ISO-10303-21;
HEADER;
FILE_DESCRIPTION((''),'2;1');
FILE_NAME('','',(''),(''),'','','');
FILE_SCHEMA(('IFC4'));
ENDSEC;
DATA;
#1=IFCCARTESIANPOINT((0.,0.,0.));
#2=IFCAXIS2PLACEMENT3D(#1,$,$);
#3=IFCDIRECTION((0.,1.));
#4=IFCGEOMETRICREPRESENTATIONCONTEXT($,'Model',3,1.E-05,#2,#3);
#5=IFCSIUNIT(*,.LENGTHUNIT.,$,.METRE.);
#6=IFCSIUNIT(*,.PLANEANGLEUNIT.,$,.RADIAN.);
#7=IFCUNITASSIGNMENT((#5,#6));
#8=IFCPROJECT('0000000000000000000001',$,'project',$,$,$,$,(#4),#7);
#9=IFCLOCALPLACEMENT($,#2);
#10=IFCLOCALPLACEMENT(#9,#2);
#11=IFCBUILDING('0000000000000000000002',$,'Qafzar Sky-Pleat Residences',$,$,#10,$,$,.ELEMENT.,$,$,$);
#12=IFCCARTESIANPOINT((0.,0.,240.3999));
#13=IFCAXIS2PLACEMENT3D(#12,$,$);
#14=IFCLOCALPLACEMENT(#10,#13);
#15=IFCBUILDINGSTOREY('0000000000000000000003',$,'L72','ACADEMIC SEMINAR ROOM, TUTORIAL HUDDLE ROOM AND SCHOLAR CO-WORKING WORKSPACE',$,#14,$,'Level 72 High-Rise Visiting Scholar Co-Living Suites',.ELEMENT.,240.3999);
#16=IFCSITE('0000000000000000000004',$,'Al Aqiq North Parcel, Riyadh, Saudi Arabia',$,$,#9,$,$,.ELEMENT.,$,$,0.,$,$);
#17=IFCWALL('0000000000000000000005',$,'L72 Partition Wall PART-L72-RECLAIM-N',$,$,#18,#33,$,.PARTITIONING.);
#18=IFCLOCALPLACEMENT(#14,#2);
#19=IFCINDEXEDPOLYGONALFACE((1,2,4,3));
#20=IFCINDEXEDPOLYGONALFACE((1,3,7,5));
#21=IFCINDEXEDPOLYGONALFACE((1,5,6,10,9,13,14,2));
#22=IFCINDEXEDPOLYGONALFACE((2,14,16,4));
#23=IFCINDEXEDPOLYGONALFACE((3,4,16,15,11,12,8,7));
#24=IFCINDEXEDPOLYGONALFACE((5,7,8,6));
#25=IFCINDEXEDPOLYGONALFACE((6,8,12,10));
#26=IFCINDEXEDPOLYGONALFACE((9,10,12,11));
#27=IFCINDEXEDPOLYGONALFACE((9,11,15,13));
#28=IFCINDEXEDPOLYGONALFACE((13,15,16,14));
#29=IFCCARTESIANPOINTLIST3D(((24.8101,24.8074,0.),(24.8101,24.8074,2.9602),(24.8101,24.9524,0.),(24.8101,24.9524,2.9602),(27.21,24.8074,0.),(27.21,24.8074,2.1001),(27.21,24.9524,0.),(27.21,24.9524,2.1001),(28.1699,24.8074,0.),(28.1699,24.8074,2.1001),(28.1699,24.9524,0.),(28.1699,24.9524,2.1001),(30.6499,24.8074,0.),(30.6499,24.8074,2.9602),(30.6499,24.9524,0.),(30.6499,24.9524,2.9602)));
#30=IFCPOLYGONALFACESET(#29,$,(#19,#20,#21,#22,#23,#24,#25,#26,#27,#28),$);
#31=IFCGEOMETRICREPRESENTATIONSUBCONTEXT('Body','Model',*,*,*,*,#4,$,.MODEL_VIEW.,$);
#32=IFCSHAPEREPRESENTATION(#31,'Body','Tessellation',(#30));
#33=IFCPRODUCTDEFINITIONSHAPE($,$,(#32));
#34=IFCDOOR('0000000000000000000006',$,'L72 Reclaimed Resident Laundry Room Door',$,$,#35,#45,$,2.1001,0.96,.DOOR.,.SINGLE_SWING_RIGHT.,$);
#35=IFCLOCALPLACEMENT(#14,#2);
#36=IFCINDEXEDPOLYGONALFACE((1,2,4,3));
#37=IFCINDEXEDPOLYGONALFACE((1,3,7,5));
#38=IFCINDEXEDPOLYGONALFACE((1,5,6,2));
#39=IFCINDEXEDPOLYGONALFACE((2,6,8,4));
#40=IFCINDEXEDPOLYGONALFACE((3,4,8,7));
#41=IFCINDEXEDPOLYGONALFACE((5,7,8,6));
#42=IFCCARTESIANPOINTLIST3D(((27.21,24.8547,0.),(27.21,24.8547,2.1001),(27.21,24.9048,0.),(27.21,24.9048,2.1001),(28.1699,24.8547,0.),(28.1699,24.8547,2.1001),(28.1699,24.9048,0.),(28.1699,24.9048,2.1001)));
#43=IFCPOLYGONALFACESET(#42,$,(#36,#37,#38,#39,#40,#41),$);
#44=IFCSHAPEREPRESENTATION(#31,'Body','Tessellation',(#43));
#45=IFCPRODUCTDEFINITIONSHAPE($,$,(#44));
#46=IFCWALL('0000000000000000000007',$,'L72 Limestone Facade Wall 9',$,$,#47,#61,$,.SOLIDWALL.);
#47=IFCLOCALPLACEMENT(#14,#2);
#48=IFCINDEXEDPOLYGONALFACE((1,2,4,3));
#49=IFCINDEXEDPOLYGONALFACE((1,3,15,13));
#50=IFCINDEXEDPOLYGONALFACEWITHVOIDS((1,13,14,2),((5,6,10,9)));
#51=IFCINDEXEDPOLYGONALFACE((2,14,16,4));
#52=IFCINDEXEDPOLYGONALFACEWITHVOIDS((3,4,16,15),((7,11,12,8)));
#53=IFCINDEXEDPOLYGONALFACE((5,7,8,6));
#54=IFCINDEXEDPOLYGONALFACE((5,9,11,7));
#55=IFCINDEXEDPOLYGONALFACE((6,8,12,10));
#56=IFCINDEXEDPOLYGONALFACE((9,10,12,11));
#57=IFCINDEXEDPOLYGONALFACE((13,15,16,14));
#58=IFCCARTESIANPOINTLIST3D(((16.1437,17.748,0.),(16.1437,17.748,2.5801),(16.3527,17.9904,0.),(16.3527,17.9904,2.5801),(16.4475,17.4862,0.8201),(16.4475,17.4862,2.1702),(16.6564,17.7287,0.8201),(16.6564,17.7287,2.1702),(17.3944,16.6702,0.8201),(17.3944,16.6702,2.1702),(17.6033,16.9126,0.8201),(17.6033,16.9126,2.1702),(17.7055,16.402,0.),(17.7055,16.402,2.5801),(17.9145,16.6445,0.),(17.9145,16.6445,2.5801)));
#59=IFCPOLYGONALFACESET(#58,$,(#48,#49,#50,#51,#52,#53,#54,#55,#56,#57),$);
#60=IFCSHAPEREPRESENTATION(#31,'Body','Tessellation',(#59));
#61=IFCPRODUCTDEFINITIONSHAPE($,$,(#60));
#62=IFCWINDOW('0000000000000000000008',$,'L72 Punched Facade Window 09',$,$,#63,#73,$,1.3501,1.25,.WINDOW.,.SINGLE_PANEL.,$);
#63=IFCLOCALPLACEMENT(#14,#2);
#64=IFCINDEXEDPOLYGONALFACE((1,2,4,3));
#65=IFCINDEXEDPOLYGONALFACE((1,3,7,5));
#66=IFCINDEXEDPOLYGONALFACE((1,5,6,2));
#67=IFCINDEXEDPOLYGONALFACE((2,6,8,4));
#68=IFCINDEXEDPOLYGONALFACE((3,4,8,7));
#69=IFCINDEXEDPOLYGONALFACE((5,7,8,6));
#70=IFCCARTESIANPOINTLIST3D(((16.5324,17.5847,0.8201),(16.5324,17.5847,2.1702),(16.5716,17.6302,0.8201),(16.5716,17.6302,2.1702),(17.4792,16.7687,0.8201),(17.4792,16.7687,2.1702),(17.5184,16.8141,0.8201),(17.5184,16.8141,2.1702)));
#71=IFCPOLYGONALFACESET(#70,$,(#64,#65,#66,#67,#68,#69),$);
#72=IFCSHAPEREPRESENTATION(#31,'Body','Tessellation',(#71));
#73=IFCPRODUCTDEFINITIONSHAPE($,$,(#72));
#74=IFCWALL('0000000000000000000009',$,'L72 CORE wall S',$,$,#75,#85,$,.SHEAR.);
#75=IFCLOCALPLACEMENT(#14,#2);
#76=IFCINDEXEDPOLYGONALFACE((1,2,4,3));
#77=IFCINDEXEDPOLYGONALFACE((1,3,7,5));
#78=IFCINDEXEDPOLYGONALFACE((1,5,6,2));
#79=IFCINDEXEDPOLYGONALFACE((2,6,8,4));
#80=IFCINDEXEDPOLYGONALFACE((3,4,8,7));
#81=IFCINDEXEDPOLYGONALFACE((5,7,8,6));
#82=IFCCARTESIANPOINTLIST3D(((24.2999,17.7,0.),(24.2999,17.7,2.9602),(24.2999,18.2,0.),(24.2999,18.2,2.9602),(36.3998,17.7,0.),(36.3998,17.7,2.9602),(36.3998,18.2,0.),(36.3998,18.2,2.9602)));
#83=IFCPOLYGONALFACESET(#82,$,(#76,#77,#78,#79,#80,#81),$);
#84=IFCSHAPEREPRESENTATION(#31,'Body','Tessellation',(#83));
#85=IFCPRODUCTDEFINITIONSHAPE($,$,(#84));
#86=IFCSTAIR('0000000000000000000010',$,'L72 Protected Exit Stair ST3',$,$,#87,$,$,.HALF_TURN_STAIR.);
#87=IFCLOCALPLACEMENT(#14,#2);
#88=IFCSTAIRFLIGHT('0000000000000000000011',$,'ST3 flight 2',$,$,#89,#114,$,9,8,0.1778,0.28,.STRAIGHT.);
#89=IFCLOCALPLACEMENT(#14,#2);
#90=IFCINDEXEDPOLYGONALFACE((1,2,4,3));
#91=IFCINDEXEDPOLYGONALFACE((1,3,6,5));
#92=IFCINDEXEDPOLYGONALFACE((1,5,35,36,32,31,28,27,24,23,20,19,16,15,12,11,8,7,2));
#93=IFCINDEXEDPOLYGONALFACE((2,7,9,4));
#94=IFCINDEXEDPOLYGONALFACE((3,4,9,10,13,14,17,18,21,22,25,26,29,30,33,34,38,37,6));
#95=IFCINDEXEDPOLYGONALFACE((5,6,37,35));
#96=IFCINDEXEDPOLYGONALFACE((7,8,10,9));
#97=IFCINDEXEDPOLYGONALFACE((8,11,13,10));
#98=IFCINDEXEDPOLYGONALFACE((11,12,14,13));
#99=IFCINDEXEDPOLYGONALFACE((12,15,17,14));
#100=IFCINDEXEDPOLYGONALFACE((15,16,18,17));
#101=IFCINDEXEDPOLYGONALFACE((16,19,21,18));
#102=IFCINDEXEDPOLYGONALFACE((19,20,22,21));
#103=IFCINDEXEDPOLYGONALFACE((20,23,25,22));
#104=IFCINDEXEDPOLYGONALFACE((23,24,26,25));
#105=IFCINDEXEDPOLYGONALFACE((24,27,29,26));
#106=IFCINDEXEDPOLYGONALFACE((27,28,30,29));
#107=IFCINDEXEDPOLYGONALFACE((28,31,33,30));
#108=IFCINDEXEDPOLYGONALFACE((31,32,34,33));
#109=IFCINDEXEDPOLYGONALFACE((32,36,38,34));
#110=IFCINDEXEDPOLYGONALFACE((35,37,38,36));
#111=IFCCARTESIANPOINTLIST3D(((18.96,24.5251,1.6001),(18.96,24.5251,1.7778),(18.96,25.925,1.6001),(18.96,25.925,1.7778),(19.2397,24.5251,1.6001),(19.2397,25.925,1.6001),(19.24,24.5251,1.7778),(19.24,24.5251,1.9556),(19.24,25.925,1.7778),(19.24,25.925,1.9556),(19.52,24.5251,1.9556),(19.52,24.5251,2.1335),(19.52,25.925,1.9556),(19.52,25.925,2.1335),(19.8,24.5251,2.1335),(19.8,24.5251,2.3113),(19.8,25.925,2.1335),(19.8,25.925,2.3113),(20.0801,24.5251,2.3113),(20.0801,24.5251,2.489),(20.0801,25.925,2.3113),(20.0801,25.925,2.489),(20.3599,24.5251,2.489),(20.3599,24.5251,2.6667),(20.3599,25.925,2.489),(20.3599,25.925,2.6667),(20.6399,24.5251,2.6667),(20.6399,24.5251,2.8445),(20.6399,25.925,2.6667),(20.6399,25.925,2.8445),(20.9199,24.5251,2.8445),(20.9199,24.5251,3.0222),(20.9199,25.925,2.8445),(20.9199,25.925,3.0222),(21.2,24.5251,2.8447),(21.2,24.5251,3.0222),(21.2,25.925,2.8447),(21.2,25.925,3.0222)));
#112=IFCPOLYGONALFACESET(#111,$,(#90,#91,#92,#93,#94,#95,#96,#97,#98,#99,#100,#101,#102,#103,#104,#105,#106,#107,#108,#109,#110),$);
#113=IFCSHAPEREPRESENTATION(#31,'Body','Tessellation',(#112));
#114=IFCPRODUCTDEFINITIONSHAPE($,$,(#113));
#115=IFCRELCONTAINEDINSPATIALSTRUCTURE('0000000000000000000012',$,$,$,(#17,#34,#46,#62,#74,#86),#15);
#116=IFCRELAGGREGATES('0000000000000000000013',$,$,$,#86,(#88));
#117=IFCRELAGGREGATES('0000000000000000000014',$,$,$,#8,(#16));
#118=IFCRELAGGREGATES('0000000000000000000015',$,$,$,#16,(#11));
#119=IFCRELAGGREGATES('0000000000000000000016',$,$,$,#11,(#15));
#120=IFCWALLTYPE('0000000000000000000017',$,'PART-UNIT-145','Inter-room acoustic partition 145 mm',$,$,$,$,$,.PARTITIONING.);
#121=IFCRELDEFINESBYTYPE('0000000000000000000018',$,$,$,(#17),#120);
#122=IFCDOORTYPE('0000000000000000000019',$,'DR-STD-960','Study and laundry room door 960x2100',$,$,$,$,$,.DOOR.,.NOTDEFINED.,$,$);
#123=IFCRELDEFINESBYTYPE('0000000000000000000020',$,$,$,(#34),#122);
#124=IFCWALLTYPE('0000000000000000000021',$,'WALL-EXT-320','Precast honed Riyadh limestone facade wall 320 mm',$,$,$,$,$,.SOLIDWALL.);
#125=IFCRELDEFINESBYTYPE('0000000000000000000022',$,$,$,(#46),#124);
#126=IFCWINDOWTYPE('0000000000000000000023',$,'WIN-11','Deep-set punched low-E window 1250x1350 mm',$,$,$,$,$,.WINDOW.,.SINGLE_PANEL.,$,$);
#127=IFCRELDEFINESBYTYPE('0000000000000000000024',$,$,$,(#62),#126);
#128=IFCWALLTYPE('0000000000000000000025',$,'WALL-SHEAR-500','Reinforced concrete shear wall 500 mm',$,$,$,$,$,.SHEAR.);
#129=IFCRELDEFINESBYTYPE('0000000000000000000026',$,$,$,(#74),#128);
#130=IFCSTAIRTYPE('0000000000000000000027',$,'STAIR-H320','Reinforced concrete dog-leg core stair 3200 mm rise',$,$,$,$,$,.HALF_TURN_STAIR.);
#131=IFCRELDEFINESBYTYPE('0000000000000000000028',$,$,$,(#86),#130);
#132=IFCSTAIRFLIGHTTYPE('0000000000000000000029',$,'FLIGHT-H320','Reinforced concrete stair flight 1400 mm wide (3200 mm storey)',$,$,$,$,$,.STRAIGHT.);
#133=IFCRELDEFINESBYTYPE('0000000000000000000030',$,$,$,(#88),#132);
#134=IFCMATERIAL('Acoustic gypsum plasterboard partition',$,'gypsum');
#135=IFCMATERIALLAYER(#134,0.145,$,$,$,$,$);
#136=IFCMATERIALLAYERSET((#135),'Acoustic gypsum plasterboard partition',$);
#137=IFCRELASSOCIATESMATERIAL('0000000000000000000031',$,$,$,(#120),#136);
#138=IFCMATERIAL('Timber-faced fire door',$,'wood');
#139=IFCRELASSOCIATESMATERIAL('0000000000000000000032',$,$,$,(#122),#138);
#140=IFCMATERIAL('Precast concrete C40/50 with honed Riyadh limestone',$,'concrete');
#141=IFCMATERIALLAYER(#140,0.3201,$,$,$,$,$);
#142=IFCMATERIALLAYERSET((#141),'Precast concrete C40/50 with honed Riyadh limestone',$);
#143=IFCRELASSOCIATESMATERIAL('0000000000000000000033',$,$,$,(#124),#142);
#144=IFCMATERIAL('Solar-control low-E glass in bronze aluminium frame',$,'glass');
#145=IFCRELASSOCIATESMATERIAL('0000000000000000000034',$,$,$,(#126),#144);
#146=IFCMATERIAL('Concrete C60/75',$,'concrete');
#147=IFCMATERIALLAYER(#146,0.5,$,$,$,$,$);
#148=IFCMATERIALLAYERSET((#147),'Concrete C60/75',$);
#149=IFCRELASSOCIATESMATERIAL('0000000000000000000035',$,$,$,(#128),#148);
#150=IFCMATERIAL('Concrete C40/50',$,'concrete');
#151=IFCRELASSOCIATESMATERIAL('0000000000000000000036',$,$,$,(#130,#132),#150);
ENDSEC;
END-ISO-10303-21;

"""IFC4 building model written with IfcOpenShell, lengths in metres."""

from ifc_helpers import new_model, si_unit, direction, frame, frame_2d, origin, place, context, subcontext, project, spatial, polyline, rectangle, outline, extrude, source, transform, mapped, material, layer, layer_set, type_object, element, fill, aggregate, save


model = new_model("IFC4")

# Units and contexts
model_context = context("Model", 3, precision=1e-05, world=origin(), true_north=direction((0.0, 1.0)))
body_context = subcontext(model_context, "Body", "Model", "MODEL_VIEW")
ifc_project = project(units=[si_unit("LENGTHUNIT", "METRE"), si_unit("PLANEANGLEUNIT", "RADIAN")], contexts=[model_context])

# Site, building, storey
site_placement = place(None, origin())
site = spatial("IfcSite", under=ifc_project, at=site_placement, Name="Al Aqiq North Parcel, Riyadh, Saudi Arabia", CompositionType="ELEMENT", RefElevation=0.0)
building_placement = place(site_placement, origin())
building = spatial("IfcBuilding", under=site, at=building_placement, Name="Qafzar Sky-Pleat Residences", CompositionType="ELEMENT")
storey_placement = place(building_placement, frame((0.0, 0.0, 240.3999)))
storey = spatial("IfcBuildingStorey", under=building, at=storey_placement, Name="L72", Description="ACADEMIC SEMINAR ROOM, TUTORIAL HUDDLE ROOM AND SCHOLAR CO-WORKING WORKSPACE", LongName="Level 72 High-Rise Visiting Scholar Co-Living Suites", CompositionType="ELEMENT", Elevation=240.3999)

# Shared definitions
ifc_material_1 = material(Name="Acoustic gypsum plasterboard partition", Category="gypsum")
ifc_material_2 = material(Name="Timber-faced fire door", Category="wood")

# Wall, opening, door
ifc_layer_1 = layer(ifc_material_1, 0.145)
ifc_layer_set_1 = layer_set([ifc_layer_1], Name="Acoustic gypsum plasterboard partition")
wall_type_1 = type_object("IfcWallType", Name="PART-UNIT-145", Description="Inter-room acoustic partition 145 mm", PredefinedType="PARTITIONING", material=ifc_layer_set_1)
wall_1_placement = place(storey_placement, frame((24.8101, 24.8799, 0.0), z_axis=(0.0, 0.0, 1.0), x_axis=(1.0, 0.0, 0.0)))
wall_1 = element("IfcWall", 1, at=wall_1_placement, inside=storey, type_object=wall_type_1, Name="L72 Partition Wall PART-L72-RECLAIM-N", PredefinedType="PARTITIONING", context=body_context, shape_type="SweptSolid", body=[
    extrude(rectangle(XDim=5.8398, YDim=0.145, at=frame_2d((2.9199, 0.0))), origin(), (0.0, 0.0, 1.0), 2.9602),
])
opening_1_placement = place(wall_1_placement, frame((2.3999, 0.0, 0.0)))
opening_1 = element("IfcOpeningElement", 2, at=opening_1_placement, cuts=wall_1, PredefinedType="OPENING", context=body_context, shape_type="SweptSolid", body=[
    extrude(rectangle(XDim=0.96, YDim=2.1001, at=frame_2d((0.48, 1.05))), frame((0.0, 0.0825, 0.0), z_axis=(0.0, -1.0, 0.0), x_axis=(1.0, 0.0, 0.0)), (0.0, 0.0, 1.0), 0.165),
])
door_type_1 = type_object("IfcDoorType", Name="DR-STD-960", Description="Study and laundry room door 960x2100", OperationType="NOTDEFINED", PredefinedType="DOOR", material=ifc_material_2)
shared_shape_1 = source(origin(), body_context, "Body", "SweptSolid", [
    extrude(rectangle(XDim=0.96, YDim=2.1001, at=frame_2d((0.48, 1.05))), frame((0.0, 0.0249, 0.0), z_axis=(0.0, -1.0, 0.0), x_axis=(1.0, 0.0, 0.0)), (0.0, 0.0, 1.0), 0.05),
])
door_1_placement = place(opening_1_placement, origin())
door_1 = element("IfcDoor", 3, at=door_1_placement, inside=storey, type_object=door_type_1, Name="L72 Reclaimed Resident Laundry Room Door", OperationType="SINGLE_SWING_RIGHT", OverallHeight=2.1001, OverallWidth=0.96, PredefinedType="DOOR", context=body_context, shape_type="MappedRepresentation", body=[
    mapped(shared_shape_1, transform((0.0, 0.0, 0.0), x_axis=(1.0, 0.0, 0.0), y_axis=(0.0, 1.0, 0.0), z_axis=(0.0, 0.0, 1.0), scale=1.0)),
])
fill(opening_1, door_1)

# Wall, opening, window
ifc_material_3 = material(Name="Precast concrete C40/50 with honed Riyadh limestone", Category="concrete")
ifc_layer_2 = layer(ifc_material_3, 0.3201)
ifc_layer_set_2 = layer_set([ifc_layer_2], Name="Precast concrete C40/50 with honed Riyadh limestone")
wall_type_2 = type_object("IfcWallType", Name="WALL-EXT-320", Description="Precast honed Riyadh limestone facade wall 320 mm", PredefinedType="SOLIDWALL", material=ifc_layer_set_2)
wall_2_placement = place(storey_placement, frame((16.2483, 17.8691, 0.0), z_axis=(0.0, 0.0, 1.0), x_axis=(0.757507, -0.652827, 0.0)))
wall_2 = element("IfcWall", 4, at=wall_2_placement, inside=storey, type_object=wall_type_2, Name="L72 Limestone Facade Wall 9", PredefinedType="SOLIDWALL", context=body_context, shape_type="SweptSolid", body=[
    extrude(rectangle(XDim=2.0618, YDim=0.3201, at=frame_2d((1.0308, 0.0))), origin(), (0.0, 0.0, 1.0), 2.5801),
])
opening_2_placement = place(wall_2_placement, frame((0.4009, 0.0, 0.8201)))
opening_2 = element("IfcOpeningElement", 5, at=opening_2_placement, cuts=wall_2, PredefinedType="OPENING", context=body_context, shape_type="SweptSolid", body=[
    extrude(rectangle(XDim=1.25, YDim=1.3501, at=frame_2d((0.625, 0.675))), frame((0.0, 0.1699, 0.0), z_axis=(0.0, -1.0, 0.0), x_axis=(1.0, 0.0, 0.0)), (0.0, 0.0, 1.0), 0.3401),
])
ifc_material_4 = material(Name="Solar-control low-E glass in bronze aluminium frame", Category="glass")
window_type = type_object("IfcWindowType", Name="WIN-11", Description="Deep-set punched low-E window 1250x1350 mm", PartitioningType="SINGLE_PANEL", PredefinedType="WINDOW", material=ifc_material_4)
shared_shape_2 = source(origin(), body_context, "Body", "SweptSolid", [
    extrude(rectangle(XDim=1.25, YDim=1.3501, at=frame_2d((0.625, 0.675))), frame((0.0, 0.03, 0.0), z_axis=(0.0, -1.0, 0.0), x_axis=(1.0, 0.0, 0.0)), (0.0, 0.0, 1.0), 0.0601),
])
window_placement = place(opening_2_placement, origin())
window = element("IfcWindow", 6, at=window_placement, inside=storey, type_object=window_type, Name="L72 Punched Facade Window 09", OverallHeight=1.3501, OverallWidth=1.25, PartitioningType="SINGLE_PANEL", PredefinedType="WINDOW", context=body_context, shape_type="MappedRepresentation", body=[
    mapped(shared_shape_2, transform((0.0, 0.0, 0.0), x_axis=(1.0, 0.0, 0.0), y_axis=(0.0, 1.0, 0.0), z_axis=(0.0, 0.0, 1.0), scale=1.0)),
])
fill(opening_2, window)

# Shared definitions
ifc_material_5 = material(Name="Concrete C60/75", Category="concrete")

# Wall
ifc_layer_3 = layer(ifc_material_5, 0.5)
ifc_layer_set_3 = layer_set([ifc_layer_3], Name="Concrete C60/75")
wall_type_3 = type_object("IfcWallType", Name="WALL-SHEAR-500", Description="Reinforced concrete shear wall 500 mm", PredefinedType="SHEAR", material=ifc_layer_set_3)
wall_3_placement = place(storey_placement, frame((24.3, 17.95, 0.0), z_axis=(0.0, 0.0, 1.0), x_axis=(1.0, 0.0, 0.0)))
element("IfcWall", 7, at=wall_3_placement, inside=storey, type_object=wall_type_3, Name="L72 CORE wall S", PredefinedType="SHEAR", context=body_context, shape_type="SweptSolid", body=[
    extrude(rectangle(XDim=12.0999, YDim=0.5, at=frame_2d((6.0498, 0.0))), origin(), (0.0, 0.0, 1.0), 2.9602),
])

# Stair, stair flight
ifc_material_6 = material(Name="Concrete C40/50", Category="concrete")
stair_type = type_object("IfcStairType", Name="STAIR-H320", Description="Reinforced concrete dog-leg core stair 3200 mm rise", PredefinedType="HALF_TURN_STAIR", material=ifc_material_6)
stair_placement = place(storey_placement, origin())
stair = element("IfcStair", 8, at=stair_placement, inside=storey, type_object=stair_type, Name="L72 Protected Exit Stair ST3", PredefinedType="HALF_TURN_STAIR")
stair_flight_type = type_object("IfcStairFlightType", Name="FLIGHT-H320", Description="Reinforced concrete stair flight 1400 mm wide (3200 mm storey)", PredefinedType="STRAIGHT", material=ifc_material_6)
shared_shape_3 = source(origin(), body_context, "Body", "SweptSolid", [
    extrude(outline(polyline([(0.0, 0.0), (0.0, 0.1777), (0.28, 0.1777), (0.28, 0.3555), (0.5601, 0.3555), (0.5601, 0.5334), (0.8401, 0.5334), (0.8401, 0.7112), (1.1201, 0.7112), (1.1201, 0.8889), (1.3999, 0.8889), (1.3999, 1.0667), (1.6799, 1.0667), (1.6799, 1.2444), (1.96, 1.2444), (1.96, 1.4221), (2.24, 1.4221), (2.24, 1.6001), (2.24, 1.2446), (0.2798, 0.0), (0.0, 0.0)])), frame((0.0, 0.7, 0.0), z_axis=(0.0, -1.0, 0.0), x_axis=(1.0, 0.0, 0.0)), (0.0, 0.0, 1.0), 1.3999),
])
stair_flight_placement = place(storey_placement, frame((18.96, 25.2251, 1.6001), z_axis=(0.0, 0.0, 1.0), x_axis=(1.0, 0.0, 0.0)))
stair_flight = element("IfcStairFlight", 9, at=stair_flight_placement, type_object=stair_flight_type, Name="ST3 flight 2", NumberOfRisers=9, NumberOfTreads=8, PredefinedType="STRAIGHT", RiserHeight=0.1778, TreadLength=0.28, context=body_context, shape_type="MappedRepresentation", body=[
    mapped(shared_shape_3, transform((0.0, 0.0, 0.0), x_axis=(1.0, 0.0, 0.0), y_axis=(0.0, 1.0, 0.0), z_axis=(0.0, 0.0, 1.0), scale=1.0)),
])
aggregate(stair, [stair_flight])

save(model, "model.ifc")
